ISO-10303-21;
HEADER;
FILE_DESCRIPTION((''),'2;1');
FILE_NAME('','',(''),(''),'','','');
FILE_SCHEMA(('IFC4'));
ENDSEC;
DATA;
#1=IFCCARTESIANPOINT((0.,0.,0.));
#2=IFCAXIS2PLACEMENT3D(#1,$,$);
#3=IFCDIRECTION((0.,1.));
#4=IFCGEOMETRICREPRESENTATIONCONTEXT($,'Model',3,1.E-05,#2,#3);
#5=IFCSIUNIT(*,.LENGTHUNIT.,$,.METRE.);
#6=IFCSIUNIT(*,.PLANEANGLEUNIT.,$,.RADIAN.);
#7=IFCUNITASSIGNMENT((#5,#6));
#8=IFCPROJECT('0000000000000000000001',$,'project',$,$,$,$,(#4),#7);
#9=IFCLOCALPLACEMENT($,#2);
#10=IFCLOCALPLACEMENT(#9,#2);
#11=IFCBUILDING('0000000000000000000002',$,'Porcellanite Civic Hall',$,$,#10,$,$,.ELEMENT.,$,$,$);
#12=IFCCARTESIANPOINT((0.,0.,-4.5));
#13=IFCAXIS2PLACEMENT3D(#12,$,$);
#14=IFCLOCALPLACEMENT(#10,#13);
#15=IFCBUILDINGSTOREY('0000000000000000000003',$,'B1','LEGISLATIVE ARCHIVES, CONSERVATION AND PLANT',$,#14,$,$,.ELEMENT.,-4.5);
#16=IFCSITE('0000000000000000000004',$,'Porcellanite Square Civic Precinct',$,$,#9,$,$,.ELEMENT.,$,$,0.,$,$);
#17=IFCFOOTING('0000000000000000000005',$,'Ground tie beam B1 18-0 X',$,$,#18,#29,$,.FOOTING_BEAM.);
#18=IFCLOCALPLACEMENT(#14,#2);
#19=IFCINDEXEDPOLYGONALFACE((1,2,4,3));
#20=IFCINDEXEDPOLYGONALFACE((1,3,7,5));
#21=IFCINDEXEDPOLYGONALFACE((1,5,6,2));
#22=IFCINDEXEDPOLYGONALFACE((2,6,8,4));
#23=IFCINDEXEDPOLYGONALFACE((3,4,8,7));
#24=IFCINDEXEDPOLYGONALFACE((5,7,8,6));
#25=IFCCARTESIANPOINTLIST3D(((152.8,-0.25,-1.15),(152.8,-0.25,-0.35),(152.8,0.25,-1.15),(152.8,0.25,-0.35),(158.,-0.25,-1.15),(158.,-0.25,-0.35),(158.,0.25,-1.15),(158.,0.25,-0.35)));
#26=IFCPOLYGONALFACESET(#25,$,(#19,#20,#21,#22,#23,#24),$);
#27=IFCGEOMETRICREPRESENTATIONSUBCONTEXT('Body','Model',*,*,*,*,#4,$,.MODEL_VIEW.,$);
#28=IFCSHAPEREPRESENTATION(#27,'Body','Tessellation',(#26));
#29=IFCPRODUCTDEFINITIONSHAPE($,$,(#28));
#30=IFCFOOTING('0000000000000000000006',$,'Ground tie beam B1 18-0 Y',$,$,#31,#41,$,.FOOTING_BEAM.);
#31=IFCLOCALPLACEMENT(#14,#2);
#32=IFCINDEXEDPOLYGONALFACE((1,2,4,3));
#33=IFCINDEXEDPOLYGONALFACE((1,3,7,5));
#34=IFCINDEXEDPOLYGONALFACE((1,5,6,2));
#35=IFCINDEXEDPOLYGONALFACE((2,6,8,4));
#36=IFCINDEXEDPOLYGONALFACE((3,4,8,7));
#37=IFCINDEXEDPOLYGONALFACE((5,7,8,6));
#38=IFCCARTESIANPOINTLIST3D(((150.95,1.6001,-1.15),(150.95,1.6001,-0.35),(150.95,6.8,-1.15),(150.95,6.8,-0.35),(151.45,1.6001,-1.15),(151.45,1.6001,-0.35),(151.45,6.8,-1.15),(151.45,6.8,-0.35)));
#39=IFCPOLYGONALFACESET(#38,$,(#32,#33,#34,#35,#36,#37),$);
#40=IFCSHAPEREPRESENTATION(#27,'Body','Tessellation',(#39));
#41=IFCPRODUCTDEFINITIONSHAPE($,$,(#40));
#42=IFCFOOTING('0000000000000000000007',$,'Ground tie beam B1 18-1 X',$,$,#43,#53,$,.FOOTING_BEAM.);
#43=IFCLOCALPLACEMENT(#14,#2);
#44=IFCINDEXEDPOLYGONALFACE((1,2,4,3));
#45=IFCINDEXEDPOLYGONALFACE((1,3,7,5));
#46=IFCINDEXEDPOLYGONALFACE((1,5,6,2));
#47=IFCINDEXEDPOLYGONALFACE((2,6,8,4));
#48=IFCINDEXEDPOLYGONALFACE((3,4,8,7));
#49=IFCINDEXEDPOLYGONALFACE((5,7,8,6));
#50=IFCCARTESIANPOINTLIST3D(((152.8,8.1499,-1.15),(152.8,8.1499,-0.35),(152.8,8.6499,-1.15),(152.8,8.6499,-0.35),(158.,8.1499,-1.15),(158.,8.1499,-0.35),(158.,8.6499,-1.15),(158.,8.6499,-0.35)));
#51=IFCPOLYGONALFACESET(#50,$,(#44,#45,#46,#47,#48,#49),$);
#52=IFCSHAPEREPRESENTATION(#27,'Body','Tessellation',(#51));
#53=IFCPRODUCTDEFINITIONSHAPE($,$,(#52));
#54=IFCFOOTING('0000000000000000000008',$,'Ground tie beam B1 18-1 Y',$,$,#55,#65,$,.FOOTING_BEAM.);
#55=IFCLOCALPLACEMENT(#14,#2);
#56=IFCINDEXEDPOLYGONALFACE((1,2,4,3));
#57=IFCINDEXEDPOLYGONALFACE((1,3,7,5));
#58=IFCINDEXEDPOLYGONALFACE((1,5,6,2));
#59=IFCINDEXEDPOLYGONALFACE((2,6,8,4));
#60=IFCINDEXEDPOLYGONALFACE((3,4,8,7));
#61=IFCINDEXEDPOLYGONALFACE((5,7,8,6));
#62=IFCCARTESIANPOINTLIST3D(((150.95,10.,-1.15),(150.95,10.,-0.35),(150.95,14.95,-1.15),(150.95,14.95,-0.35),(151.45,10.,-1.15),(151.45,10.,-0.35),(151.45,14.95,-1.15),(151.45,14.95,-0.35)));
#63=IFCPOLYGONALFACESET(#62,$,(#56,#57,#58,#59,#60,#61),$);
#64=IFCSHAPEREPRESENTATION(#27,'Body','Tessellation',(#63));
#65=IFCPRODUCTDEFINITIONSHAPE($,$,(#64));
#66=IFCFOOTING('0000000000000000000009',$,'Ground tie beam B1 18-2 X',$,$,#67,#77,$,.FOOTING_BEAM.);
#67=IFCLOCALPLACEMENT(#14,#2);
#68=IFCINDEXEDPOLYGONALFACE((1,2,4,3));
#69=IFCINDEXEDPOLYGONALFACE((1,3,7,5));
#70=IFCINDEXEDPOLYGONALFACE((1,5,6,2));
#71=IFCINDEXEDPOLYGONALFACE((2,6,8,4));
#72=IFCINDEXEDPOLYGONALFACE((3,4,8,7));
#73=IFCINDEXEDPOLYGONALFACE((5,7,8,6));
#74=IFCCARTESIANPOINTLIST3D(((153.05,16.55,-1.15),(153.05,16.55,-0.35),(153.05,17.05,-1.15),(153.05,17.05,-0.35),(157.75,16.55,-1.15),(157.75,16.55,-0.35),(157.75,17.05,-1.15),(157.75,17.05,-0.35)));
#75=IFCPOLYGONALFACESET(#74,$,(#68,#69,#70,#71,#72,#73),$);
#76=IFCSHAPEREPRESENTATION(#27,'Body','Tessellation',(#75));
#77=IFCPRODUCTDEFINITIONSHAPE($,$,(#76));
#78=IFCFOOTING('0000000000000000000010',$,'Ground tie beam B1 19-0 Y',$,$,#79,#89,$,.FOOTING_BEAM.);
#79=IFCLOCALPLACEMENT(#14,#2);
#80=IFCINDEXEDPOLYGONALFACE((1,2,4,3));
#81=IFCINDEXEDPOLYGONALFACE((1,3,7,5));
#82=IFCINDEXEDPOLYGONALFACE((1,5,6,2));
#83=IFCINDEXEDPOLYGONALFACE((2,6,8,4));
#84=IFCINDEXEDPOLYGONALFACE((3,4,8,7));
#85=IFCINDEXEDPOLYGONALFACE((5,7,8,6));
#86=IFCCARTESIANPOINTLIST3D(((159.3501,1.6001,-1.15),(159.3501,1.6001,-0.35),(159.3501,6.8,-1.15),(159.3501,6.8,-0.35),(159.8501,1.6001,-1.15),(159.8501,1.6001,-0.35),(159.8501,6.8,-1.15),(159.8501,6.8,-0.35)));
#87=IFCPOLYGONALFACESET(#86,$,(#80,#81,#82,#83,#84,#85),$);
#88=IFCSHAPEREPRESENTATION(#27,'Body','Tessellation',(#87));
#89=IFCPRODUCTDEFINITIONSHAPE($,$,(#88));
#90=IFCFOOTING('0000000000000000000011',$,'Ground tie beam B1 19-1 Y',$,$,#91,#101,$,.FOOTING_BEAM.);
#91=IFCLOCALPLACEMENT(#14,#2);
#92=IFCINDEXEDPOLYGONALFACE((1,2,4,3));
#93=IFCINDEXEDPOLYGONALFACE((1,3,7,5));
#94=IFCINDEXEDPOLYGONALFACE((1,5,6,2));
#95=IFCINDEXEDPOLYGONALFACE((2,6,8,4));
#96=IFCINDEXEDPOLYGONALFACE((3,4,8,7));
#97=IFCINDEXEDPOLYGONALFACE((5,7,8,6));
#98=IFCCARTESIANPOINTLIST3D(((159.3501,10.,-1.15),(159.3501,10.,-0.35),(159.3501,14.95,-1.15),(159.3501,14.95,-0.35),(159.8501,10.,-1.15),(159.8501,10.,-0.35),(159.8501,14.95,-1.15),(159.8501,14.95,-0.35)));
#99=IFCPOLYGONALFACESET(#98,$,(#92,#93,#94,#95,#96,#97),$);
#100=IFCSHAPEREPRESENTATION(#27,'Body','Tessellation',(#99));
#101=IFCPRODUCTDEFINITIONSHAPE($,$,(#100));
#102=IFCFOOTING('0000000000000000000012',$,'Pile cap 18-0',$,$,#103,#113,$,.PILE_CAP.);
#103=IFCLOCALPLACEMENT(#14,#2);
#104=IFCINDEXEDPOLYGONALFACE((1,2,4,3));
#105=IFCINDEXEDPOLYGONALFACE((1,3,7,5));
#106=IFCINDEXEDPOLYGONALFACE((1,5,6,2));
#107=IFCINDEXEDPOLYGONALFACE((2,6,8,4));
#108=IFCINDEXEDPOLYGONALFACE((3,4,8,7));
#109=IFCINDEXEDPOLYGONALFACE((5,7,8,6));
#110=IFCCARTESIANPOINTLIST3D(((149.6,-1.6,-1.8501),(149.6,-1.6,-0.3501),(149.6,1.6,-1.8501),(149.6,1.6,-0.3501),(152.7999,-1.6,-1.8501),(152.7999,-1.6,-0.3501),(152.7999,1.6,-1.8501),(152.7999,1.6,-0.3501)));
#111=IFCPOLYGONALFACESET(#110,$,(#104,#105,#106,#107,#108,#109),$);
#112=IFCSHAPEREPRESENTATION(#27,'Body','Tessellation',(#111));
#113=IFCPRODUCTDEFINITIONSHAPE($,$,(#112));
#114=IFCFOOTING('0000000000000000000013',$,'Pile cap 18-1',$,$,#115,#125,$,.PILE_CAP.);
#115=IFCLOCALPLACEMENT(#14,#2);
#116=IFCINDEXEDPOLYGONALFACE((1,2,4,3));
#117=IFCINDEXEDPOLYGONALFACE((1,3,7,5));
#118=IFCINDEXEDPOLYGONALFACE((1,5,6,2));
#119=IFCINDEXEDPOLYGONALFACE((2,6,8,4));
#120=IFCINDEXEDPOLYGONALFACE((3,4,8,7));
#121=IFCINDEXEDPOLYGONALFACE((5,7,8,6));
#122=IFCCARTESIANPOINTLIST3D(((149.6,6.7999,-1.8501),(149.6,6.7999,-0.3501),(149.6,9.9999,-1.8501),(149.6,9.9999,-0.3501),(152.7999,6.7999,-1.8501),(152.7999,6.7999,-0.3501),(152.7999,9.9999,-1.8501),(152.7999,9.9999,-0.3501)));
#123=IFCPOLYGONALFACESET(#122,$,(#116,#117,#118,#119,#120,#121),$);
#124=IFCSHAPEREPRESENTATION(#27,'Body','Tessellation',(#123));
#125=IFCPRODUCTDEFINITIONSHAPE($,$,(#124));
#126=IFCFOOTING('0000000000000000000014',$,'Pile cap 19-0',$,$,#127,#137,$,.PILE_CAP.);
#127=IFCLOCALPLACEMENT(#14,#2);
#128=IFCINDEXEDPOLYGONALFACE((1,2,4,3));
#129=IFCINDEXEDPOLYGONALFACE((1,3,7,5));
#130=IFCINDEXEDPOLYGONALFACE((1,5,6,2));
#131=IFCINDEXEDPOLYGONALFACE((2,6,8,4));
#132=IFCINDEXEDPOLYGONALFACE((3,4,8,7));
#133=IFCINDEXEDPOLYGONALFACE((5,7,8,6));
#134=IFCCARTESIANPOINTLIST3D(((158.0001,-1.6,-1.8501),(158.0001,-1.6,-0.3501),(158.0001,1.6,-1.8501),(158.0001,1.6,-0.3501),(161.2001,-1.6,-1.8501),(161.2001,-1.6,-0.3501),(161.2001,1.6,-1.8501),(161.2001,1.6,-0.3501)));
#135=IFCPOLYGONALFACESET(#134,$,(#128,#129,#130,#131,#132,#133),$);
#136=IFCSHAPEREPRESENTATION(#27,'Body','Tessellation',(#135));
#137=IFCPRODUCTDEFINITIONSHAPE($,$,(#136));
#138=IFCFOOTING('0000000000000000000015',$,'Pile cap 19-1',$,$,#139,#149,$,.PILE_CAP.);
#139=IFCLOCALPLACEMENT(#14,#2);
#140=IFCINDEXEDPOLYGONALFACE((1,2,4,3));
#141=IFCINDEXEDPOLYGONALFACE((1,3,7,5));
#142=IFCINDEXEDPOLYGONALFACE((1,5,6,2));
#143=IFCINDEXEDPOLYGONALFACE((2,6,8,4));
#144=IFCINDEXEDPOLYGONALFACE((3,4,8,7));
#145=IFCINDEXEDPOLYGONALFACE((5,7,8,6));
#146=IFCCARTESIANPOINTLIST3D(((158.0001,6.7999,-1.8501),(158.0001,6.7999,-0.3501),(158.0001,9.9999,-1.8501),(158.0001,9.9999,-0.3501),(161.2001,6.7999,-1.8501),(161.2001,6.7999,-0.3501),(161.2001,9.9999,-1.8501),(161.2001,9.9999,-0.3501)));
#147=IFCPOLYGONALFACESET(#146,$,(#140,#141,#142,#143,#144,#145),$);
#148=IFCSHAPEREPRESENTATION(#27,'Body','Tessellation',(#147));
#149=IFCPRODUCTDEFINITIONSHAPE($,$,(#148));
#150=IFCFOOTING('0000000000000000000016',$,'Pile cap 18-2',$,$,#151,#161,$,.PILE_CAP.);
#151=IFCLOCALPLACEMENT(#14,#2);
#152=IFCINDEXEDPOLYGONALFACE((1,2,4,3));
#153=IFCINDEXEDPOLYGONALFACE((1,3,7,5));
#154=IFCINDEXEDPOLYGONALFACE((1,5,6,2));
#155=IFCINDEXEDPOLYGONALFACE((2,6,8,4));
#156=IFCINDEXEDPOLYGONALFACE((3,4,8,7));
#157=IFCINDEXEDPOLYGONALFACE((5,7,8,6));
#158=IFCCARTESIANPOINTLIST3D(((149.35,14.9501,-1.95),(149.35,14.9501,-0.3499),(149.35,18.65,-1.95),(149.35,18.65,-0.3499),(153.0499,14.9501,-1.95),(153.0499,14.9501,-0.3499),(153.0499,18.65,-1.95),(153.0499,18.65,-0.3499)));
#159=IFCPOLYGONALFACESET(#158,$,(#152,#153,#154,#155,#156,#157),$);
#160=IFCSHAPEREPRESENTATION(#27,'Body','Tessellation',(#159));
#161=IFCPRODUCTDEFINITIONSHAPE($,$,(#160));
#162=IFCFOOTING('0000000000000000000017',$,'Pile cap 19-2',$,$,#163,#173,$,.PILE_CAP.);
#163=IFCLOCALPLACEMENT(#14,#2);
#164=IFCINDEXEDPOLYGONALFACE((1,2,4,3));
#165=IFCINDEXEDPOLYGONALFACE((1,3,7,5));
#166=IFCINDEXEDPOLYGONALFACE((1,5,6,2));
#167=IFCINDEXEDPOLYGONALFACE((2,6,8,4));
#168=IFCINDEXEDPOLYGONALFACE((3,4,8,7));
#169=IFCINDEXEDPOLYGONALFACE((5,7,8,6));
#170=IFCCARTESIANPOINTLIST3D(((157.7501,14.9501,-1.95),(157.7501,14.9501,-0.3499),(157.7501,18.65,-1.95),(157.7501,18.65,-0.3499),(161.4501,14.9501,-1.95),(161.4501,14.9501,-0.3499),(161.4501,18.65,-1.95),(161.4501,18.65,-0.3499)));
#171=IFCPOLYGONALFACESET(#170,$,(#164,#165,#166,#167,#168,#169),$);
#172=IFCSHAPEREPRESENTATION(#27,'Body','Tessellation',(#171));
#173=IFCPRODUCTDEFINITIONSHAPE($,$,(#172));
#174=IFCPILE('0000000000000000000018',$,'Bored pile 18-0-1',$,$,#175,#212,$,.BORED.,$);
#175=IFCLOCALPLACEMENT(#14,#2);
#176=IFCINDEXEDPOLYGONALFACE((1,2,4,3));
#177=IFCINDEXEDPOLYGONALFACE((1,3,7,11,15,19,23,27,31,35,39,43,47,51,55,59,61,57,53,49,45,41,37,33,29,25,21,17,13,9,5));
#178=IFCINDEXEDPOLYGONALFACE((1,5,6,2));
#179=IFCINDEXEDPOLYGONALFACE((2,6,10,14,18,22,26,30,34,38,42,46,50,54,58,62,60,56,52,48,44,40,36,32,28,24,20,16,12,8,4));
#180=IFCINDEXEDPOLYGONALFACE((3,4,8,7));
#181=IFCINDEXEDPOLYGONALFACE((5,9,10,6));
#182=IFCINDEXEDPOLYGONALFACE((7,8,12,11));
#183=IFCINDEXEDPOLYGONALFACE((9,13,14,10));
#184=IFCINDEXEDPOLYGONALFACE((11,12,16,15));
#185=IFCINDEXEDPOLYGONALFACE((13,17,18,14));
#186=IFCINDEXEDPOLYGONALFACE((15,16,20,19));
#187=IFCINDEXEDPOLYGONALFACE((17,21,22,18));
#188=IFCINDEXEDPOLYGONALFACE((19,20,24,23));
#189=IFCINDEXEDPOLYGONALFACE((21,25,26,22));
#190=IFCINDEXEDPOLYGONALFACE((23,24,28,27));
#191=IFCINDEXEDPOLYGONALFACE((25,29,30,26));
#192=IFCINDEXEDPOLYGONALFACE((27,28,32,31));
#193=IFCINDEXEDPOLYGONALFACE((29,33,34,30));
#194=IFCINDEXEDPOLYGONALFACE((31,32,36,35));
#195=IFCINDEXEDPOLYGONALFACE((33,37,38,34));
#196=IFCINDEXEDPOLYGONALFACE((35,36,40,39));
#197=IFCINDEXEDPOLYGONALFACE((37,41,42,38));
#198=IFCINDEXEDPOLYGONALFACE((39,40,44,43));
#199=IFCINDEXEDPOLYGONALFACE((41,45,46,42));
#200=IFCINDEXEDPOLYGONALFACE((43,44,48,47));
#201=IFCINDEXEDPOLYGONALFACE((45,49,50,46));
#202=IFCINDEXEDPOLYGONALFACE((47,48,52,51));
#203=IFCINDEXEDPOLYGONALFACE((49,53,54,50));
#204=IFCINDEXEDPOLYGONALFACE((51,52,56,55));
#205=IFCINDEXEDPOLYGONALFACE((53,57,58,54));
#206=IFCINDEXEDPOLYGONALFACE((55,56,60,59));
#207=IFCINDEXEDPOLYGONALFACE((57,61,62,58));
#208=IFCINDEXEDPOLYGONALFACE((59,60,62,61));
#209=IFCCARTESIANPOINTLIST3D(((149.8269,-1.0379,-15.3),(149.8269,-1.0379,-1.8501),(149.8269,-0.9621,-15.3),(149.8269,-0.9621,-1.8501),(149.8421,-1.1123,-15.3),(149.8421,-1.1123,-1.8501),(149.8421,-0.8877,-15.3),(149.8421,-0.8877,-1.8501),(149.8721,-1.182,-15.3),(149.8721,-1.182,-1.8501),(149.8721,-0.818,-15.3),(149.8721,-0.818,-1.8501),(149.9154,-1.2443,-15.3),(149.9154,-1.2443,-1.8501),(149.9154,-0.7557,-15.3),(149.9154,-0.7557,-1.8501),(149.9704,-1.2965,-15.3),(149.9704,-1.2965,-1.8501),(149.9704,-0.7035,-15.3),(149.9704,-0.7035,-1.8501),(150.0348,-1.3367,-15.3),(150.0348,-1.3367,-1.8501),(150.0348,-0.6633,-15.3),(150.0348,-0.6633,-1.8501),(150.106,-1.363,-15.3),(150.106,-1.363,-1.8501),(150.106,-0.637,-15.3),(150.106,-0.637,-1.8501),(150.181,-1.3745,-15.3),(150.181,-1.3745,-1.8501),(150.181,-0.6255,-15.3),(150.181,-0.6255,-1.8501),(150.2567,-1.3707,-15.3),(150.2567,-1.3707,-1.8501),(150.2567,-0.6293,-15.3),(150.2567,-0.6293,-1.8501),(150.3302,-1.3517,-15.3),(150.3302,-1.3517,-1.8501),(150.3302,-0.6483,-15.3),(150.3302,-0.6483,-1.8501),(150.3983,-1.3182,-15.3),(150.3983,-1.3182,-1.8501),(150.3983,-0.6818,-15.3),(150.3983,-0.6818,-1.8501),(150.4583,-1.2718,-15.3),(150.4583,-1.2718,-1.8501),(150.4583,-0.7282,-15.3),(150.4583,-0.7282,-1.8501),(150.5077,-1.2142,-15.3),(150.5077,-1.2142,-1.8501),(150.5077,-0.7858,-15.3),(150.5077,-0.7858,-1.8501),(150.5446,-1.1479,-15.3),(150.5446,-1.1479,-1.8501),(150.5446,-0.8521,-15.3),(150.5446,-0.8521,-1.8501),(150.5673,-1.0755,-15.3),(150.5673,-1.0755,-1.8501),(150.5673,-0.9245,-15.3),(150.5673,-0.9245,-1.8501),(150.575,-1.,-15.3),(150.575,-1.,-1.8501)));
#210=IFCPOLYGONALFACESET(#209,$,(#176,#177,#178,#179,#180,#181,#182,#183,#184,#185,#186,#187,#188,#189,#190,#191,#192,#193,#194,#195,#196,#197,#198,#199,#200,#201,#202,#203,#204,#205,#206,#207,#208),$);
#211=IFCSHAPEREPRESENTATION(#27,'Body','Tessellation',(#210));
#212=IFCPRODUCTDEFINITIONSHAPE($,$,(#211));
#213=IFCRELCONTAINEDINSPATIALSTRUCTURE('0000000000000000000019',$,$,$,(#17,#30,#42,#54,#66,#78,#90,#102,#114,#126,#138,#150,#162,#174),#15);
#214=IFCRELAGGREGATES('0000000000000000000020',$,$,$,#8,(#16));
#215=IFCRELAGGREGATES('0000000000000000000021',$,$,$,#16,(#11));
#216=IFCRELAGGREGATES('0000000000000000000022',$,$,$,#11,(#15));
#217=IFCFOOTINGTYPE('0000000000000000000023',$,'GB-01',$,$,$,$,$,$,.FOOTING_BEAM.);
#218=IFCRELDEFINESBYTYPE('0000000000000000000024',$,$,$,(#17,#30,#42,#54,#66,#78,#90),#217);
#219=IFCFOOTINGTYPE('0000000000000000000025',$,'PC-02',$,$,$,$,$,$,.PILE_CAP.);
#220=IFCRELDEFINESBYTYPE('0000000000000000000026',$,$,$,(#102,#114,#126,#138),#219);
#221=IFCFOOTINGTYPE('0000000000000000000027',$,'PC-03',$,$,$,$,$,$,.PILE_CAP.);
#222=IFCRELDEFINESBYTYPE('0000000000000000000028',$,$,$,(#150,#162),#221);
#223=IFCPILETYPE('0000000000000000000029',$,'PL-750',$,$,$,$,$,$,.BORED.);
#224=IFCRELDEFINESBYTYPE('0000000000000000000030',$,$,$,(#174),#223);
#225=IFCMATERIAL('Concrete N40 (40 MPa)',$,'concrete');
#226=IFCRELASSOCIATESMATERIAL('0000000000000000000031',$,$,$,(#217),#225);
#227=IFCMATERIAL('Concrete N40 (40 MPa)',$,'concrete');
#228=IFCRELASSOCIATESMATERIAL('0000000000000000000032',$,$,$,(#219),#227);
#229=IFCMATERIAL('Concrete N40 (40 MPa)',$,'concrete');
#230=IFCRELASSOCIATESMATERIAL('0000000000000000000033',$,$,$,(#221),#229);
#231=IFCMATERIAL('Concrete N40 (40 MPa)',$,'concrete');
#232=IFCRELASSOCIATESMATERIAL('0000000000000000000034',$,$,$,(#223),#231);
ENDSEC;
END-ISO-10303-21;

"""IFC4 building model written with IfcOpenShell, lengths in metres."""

from ifc_helpers import new_model, si_unit, direction, frame, origin, origin_2d, place, context, subcontext, project, spatial, rectangle, circle, extrude, material, material_profile, profile_set, type_object, element, save


model = new_model("IFC4")

# Units and contexts
model_context = context("Model", 3, precision=1e-05, world=origin(), true_north=direction((0.0, 1.0)))
body_context = subcontext(model_context, "Body", "Model", "MODEL_VIEW")
ifc_project = project(units=[si_unit("LENGTHUNIT", "METRE"), si_unit("PLANEANGLEUNIT", "RADIAN")], contexts=[model_context])

# Site, building, storey
site_placement = place(None, origin())
site = spatial("IfcSite", under=ifc_project, at=site_placement, Name="Porcellanite Square Civic Precinct", CompositionType="ELEMENT", RefElevation=0.0)
building_placement = place(site_placement, origin())
building = spatial("IfcBuilding", under=site, at=building_placement, Name="Porcellanite Civic Hall", CompositionType="ELEMENT")
storey_placement = place(building_placement, frame((0.0, 0.0, -4.5)))
storey = spatial("IfcBuildingStorey", under=building, at=storey_placement, Name="B1", Description="LEGISLATIVE ARCHIVES, CONSERVATION AND PLANT", CompositionType="ELEMENT", Elevation=-4.5)

# Footings
ifc_material_1 = material(Name="Concrete N40 (40 MPa)", Category="concrete")
ifc_material_profile_1 = material_profile(ifc_material_1, rectangle(XDim=0.5, YDim=0.8, at=origin_2d()), Name="RC-500x800")
ifc_profile_set_1 = profile_set([ifc_material_profile_1], Name="Concrete N40 (40 MPa)")
footing_type_1 = type_object("IfcFootingType", Name="GB-01", PredefinedType="FOOTING_BEAM", material=ifc_profile_set_1)
for number, where, z_axis, x_axis, name in (
    (1, (152.8, 0.0, -0.75), (1.0, 0.0, 0.0), (0.0, 1.0, 0.0), "Ground tie beam B1 18-0 X"),
    (2, (151.2, 1.6001, -0.75), (0.0, 1.0, 0.0), (-1.0, 0.0, 0.0), "Ground tie beam B1 18-0 Y"),
    (3, (152.8, 8.3999, -0.75), (1.0, 0.0, 0.0), (0.0, 1.0, 0.0), "Ground tie beam B1 18-1 X"),
):
    element("IfcFooting", number, at=place(storey_placement, frame(where, z_axis=z_axis, x_axis=x_axis)), inside=storey, type_object=footing_type_1, Name=name, PredefinedType="FOOTING_BEAM", context=body_context, shape_type="SweptSolid", body=[
        extrude(rectangle(XDim=0.5, YDim=0.8, at=origin_2d()), origin(), (0.0, 0.0, 1.0), 5.2),
    ])
footing_1_placement = place(storey_placement, frame((151.2, 10.0, -0.75), z_axis=(0.0, 1.0, 0.0), x_axis=(-1.0, 0.0, 0.0)))
element("IfcFooting", 4, at=footing_1_placement, inside=storey, type_object=footing_type_1, Name="Ground tie beam B1 18-1 Y", PredefinedType="FOOTING_BEAM", context=body_context, shape_type="SweptSolid", body=[
    extrude(rectangle(XDim=0.5, YDim=0.8, at=origin_2d()), origin(), (0.0, 0.0, 1.0), 4.95),
])
footing_2_placement = place(storey_placement, frame((153.05, 16.8, -0.75), z_axis=(1.0, 0.0, 0.0), x_axis=(0.0, 1.0, 0.0)))
element("IfcFooting", 5, at=footing_2_placement, inside=storey, type_object=footing_type_1, Name="Ground tie beam B1 18-2 X", PredefinedType="FOOTING_BEAM", context=body_context, shape_type="SweptSolid", body=[
    extrude(rectangle(XDim=0.5, YDim=0.8, at=origin_2d()), origin(), (0.0, 0.0, 1.0), 4.7),
])
footing_3_placement = place(storey_placement, frame((159.6001, 1.6001, -0.75), z_axis=(0.0, 1.0, 0.0), x_axis=(-1.0, 0.0, 0.0)))
element("IfcFooting", 6, at=footing_3_placement, inside=storey, type_object=footing_type_1, Name="Ground tie beam B1 19-0 Y", PredefinedType="FOOTING_BEAM", context=body_context, shape_type="SweptSolid", body=[
    extrude(rectangle(XDim=0.5, YDim=0.8, at=origin_2d()), origin(), (0.0, 0.0, 1.0), 5.2),
])
footing_4_placement = place(storey_placement, frame((159.6001, 10.0, -0.75), z_axis=(0.0, 1.0, 0.0), x_axis=(-1.0, 0.0, 0.0)))
element("IfcFooting", 7, at=footing_4_placement, inside=storey, type_object=footing_type_1, Name="Ground tie beam B1 19-1 Y", PredefinedType="FOOTING_BEAM", context=body_context, shape_type="SweptSolid", body=[
    extrude(rectangle(XDim=0.5, YDim=0.8, at=origin_2d()), origin(), (0.0, 0.0, 1.0), 4.95),
])
ifc_material_2 = material(Name="Concrete N40 (40 MPa)", Category="concrete")
footing_type_2 = type_object("IfcFootingType", Name="PC-02", PredefinedType="PILE_CAP", material=ifc_material_2)
for number, where, z_axis, x_axis, name in (
    (8, (151.2, 0.0, -1.8501), (0.0, 0.0, 1.0), (1.0, 0.0, 0.0), "Pile cap 18-0"),
    (9, (151.2, 8.3999, -1.8501), (0.0, 0.0, 1.0), (1.0, 0.0, 0.0), "Pile cap 18-1"),
    (10, (159.6001, 0.0, -1.8501), (0.0, 0.0, 1.0), (1.0, 0.0, 0.0), "Pile cap 19-0"),
    (11, (159.6001, 8.3999, -1.8501), (0.0, 0.0, 1.0), (1.0, 0.0, 0.0), "Pile cap 19-1"),
):
    element("IfcFooting", number, at=place(storey_placement, frame(where, z_axis=z_axis, x_axis=x_axis)), inside=storey, type_object=footing_type_2, Name=name, PredefinedType="PILE_CAP", context=body_context, shape_type="SweptSolid", body=[
        extrude(rectangle(XDim=3.2, YDim=3.2, at=origin_2d()), origin(), (0.0, 0.0, 1.0), 1.5),
    ])
ifc_material_3 = material(Name="Concrete N40 (40 MPa)", Category="concrete")
footing_type_3 = type_object("IfcFootingType", Name="PC-03", PredefinedType="PILE_CAP", material=ifc_material_3)
for number, where, z_axis, x_axis, name in (
    (12, (151.2, 16.8, -1.95), (0.0, 0.0, 1.0), (1.0, 0.0, 0.0), "Pile cap 18-2"),
    (13, (159.6001, 16.8, -1.95), (0.0, 0.0, 1.0), (1.0, 0.0, 0.0), "Pile cap 19-2"),
):
    element("IfcFooting", number, at=place(storey_placement, frame(where, z_axis=z_axis, x_axis=x_axis)), inside=storey, type_object=footing_type_3, Name=name, PredefinedType="PILE_CAP", context=body_context, shape_type="SweptSolid", body=[
        extrude(rectangle(XDim=3.7, YDim=3.7, at=origin_2d()), origin(), (0.0, 0.0, 1.0), 1.6001),
    ])

# Pile
ifc_material_4 = material(Name="Concrete N40 (40 MPa)", Category="concrete")
ifc_material_profile_2 = material_profile(ifc_material_4, circle(Radius=0.375, at=origin_2d()), Name="PILE-D750")
ifc_profile_set_2 = profile_set([ifc_material_profile_2], Name="Concrete N40 (40 MPa)")
pile_type_1 = type_object("IfcPileType", Name="PL-750", PredefinedType="BORED", material=ifc_profile_set_2)
for number, where, z_axis, x_axis, name in (
    (14, (150.2, -1.0, -1.8501), (0.0, 0.0, -1.0), (1.0, 0.0, 0.0), "Bored pile 18-0-1"),
):
    element("IfcPile", number, at=place(storey_placement, frame(where, z_axis=z_axis, x_axis=x_axis)), inside=storey, type_object=pile_type_1, Name=name, PredefinedType="BORED", context=body_context, shape_type="SweptSolid", body=[
        extrude(circle(Radius=0.375, at=origin_2d()), origin(), (0.0, 0.0, 1.0), 13.45),
    ])

save(model, "model.ifc")
